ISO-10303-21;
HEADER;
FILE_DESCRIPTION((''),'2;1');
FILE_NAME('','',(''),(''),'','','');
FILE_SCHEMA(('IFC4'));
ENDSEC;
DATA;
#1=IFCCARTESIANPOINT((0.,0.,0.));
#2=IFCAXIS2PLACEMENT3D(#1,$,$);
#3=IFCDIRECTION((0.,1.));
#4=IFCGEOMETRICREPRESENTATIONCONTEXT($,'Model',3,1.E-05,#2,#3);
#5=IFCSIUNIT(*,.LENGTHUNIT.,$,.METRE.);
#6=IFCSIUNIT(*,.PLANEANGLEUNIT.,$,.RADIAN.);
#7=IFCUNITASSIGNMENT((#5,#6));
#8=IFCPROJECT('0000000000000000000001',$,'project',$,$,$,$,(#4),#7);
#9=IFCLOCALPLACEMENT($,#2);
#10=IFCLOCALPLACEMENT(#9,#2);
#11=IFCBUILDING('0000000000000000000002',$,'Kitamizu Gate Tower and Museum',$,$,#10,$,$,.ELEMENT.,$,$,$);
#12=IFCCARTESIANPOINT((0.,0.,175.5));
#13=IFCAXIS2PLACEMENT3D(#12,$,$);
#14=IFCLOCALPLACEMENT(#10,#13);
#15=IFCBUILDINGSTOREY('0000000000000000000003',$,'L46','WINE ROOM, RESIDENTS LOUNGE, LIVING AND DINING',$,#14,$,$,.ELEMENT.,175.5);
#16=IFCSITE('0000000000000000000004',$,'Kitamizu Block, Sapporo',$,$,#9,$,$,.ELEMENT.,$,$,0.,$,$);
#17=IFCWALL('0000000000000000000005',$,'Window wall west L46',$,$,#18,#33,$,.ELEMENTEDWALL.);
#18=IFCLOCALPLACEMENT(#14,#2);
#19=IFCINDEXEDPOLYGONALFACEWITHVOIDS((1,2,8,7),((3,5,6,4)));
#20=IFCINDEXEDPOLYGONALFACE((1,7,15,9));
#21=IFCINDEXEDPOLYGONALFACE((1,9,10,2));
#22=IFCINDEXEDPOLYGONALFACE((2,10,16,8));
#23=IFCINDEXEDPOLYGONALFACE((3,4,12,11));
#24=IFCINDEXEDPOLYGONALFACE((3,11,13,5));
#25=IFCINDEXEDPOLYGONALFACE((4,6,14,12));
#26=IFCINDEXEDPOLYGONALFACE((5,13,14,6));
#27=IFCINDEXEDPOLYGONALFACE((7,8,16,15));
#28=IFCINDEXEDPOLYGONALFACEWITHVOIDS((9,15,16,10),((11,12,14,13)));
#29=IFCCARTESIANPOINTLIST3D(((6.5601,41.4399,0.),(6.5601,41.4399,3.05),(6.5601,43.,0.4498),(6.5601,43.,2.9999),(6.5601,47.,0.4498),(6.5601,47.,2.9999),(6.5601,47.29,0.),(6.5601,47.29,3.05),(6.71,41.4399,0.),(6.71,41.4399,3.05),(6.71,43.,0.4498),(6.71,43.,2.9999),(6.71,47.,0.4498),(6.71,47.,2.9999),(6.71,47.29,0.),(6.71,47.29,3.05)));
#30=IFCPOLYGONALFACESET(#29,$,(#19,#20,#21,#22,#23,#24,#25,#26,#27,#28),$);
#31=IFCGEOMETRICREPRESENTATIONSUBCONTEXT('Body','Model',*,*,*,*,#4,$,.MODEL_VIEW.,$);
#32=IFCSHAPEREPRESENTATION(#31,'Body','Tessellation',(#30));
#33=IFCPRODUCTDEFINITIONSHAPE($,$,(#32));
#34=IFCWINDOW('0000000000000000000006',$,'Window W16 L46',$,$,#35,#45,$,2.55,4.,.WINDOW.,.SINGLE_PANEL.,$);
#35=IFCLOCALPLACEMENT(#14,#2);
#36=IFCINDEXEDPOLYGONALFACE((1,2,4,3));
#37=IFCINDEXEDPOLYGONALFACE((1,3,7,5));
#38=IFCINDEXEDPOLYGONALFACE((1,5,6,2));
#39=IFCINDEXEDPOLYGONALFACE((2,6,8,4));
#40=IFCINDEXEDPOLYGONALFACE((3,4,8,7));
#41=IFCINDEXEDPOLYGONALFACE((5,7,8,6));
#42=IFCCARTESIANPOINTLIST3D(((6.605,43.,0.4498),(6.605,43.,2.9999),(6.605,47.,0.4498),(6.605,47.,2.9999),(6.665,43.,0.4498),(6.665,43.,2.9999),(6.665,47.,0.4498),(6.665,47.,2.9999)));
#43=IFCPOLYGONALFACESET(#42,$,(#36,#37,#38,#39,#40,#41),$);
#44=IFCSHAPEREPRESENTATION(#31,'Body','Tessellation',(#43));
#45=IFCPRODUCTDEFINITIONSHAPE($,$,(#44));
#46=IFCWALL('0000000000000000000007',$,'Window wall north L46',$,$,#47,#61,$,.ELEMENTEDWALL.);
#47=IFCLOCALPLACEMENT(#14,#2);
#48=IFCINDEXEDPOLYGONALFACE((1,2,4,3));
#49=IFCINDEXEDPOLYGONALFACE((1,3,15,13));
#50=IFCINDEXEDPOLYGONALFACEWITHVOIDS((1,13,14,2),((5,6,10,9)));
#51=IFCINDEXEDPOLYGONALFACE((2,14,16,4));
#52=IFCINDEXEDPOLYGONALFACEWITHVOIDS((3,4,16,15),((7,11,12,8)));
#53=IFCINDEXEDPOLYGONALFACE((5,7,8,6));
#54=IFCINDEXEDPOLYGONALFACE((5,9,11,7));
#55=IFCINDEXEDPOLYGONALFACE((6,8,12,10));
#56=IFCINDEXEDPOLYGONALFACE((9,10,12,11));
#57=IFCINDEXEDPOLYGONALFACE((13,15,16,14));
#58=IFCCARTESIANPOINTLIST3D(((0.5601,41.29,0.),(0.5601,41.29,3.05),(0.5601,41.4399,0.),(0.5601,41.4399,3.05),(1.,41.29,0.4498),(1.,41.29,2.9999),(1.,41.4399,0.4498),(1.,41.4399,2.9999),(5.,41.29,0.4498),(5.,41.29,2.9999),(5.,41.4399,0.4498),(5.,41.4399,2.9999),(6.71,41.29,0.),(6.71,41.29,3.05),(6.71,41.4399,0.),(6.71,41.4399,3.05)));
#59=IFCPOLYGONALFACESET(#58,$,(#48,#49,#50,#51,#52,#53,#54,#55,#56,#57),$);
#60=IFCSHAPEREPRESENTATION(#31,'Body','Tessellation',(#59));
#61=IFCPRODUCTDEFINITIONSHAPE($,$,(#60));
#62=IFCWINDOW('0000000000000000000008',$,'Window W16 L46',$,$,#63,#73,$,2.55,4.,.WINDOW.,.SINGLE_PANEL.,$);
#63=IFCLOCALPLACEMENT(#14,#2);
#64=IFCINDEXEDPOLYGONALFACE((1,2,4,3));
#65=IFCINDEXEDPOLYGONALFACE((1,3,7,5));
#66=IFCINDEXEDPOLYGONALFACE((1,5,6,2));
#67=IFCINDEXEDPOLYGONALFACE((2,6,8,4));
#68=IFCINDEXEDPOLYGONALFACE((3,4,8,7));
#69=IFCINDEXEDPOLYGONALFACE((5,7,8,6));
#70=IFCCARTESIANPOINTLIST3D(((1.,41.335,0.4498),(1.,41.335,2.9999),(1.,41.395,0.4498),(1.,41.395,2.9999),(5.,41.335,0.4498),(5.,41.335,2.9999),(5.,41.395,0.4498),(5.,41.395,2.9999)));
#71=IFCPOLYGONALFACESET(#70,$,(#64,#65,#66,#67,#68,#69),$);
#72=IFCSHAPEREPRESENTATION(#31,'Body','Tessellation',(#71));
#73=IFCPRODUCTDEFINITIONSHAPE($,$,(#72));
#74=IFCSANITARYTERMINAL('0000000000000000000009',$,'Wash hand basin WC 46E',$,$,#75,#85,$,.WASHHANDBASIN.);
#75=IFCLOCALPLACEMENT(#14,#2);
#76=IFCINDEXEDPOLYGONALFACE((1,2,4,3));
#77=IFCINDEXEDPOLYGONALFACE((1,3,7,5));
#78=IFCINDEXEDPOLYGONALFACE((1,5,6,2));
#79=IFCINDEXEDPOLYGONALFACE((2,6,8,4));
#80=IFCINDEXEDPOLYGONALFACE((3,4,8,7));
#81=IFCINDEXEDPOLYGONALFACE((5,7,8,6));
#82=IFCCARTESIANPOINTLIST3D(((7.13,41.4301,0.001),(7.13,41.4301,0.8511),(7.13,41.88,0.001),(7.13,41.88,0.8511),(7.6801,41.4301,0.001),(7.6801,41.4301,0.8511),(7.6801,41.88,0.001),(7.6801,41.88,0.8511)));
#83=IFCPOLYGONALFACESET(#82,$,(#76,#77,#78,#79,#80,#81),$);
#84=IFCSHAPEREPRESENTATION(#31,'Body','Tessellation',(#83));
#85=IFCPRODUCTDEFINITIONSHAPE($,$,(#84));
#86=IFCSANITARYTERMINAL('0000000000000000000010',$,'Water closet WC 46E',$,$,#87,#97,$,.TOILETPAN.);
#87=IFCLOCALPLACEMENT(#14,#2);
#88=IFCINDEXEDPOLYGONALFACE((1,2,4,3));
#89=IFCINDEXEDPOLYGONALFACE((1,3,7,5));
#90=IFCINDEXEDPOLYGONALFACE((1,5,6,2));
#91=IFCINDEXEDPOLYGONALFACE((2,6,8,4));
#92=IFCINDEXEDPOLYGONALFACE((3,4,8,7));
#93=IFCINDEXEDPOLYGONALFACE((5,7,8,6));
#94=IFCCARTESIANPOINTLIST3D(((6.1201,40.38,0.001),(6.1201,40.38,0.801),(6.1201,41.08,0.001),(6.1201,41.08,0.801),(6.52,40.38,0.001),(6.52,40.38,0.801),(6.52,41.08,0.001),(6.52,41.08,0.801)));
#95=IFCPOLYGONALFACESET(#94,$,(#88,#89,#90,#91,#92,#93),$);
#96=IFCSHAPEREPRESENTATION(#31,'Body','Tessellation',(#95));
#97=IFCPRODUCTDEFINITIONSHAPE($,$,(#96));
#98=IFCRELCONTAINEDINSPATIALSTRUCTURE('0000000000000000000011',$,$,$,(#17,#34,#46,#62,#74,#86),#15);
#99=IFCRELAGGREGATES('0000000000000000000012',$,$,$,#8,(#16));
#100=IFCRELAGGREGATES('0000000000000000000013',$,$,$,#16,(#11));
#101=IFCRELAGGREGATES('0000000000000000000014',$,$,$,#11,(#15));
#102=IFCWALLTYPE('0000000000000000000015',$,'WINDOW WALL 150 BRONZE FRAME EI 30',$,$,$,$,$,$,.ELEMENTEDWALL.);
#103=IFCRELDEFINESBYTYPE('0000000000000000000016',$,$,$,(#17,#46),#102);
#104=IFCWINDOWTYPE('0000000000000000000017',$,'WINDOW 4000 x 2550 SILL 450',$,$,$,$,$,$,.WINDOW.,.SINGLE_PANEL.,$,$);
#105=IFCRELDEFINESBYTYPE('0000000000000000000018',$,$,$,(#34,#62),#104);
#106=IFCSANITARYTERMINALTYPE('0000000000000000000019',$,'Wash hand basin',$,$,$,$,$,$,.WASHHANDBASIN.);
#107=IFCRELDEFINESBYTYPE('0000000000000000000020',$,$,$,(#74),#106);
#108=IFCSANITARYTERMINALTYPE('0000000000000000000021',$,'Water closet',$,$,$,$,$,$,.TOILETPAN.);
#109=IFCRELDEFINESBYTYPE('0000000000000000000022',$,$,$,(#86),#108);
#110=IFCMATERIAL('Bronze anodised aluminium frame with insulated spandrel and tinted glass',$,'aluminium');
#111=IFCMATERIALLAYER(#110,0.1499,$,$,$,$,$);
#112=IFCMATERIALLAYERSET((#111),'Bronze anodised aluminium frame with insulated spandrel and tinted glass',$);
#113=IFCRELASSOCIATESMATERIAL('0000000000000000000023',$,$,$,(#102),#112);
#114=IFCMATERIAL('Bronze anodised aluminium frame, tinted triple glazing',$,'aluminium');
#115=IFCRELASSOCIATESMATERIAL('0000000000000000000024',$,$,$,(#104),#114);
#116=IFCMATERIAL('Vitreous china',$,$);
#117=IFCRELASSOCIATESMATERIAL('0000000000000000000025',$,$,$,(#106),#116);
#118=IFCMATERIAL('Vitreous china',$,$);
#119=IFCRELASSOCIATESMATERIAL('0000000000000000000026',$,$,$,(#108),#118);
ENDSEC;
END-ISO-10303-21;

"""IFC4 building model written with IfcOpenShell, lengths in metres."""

from ifc_helpers import new_model, si_unit, direction, frame, frame_2d, origin, origin_2d, place, context, subcontext, project, spatial, rectangle, extrude, material, layer, layer_set, type_object, element, fill, save


model = new_model("IFC4")

# Units and contexts
model_context = context("Model", 3, precision=1e-05, world=origin(), true_north=direction((0.0, 1.0)))
body_context = subcontext(model_context, "Body", "Model", "MODEL_VIEW")
ifc_project = project(units=[si_unit("LENGTHUNIT", "METRE"), si_unit("PLANEANGLEUNIT", "RADIAN")], contexts=[model_context])

# Site, building, storey
site_placement = place(None, origin())
site = spatial("IfcSite", under=ifc_project, at=site_placement, Name="Kitamizu Block, Sapporo", CompositionType="ELEMENT", RefElevation=0.0)
building_placement = place(site_placement, origin())
building = spatial("IfcBuilding", under=site, at=building_placement, Name="Kitamizu Gate Tower and Museum", CompositionType="ELEMENT")
storey_placement = place(building_placement, frame((0.0, 0.0, 175.5)))
storey = spatial("IfcBuildingStorey", under=building, at=storey_placement, Name="L46", Description="WINE ROOM, RESIDENTS LOUNGE, LIVING AND DINING", CompositionType="ELEMENT", Elevation=175.5)

# Shared definitions
ifc_material_1 = material(Name="Bronze anodised aluminium frame with insulated spandrel and tinted glass", Category="aluminium")
ifc_layer_1 = layer(ifc_material_1, 0.1499)
ifc_layer_set_1 = layer_set([ifc_layer_1], Name="Bronze anodised aluminium frame with insulated spandrel and tinted glass")
wall_type_1 = type_object("IfcWallType", Name="WINDOW WALL 150 BRONZE FRAME EI 30", PredefinedType="ELEMENTEDWALL", material=ifc_layer_set_1)

# Walls, openings, windows
wall_1_placement = place(storey_placement, frame((6.635, 41.4399, 0.0), z_axis=(0.0, 0.0, 1.0), x_axis=(0.0, 1.0, 0.0)))
wall_1 = element("IfcWall", 1, at=wall_1_placement, inside=storey, type_object=wall_type_1, Name="Window wall west L46", PredefinedType="ELEMENTEDWALL", context=body_context, shape_type="SweptSolid", body=[
    extrude(rectangle(XDim=5.8501, YDim=0.1499, at=frame_2d((2.925, 0.0))), origin(), (0.0, 0.0, 1.0), 3.05),
])
opening_1_placement = place(wall_1_placement, frame((1.5601, 0.0, 0.45)))
opening_1 = element("IfcOpeningElement", 2, at=opening_1_placement, cuts=wall_1, PredefinedType="OPENING", context=body_context, shape_type="SweptSolid", body=[
    extrude(rectangle(XDim=4.0, YDim=2.55, at=frame_2d((2.0, 1.2749))), frame((0.0, 0.085, 0.0), z_axis=(0.0, -1.0, 0.0), x_axis=(1.0, 0.0, 0.0)), (0.0, 0.0, 1.0), 0.1699),
])
ifc_material_2 = material(Name="Bronze anodised aluminium frame, tinted triple glazing", Category="aluminium")
window_type_1 = type_object("IfcWindowType", Name="WINDOW 4000 x 2550 SILL 450", PartitioningType="SINGLE_PANEL", PredefinedType="WINDOW", material=ifc_material_2)
window_1_placement = place(opening_1_placement, origin())
window_1 = element("IfcWindow", 3, at=window_1_placement, inside=storey, type_object=window_type_1, Name="Window W16 L46", OverallHeight=2.55, OverallWidth=4.0, PartitioningType="SINGLE_PANEL", PredefinedType="WINDOW", context=body_context, shape_type="SweptSolid", body=[
    extrude(rectangle(XDim=4.0, YDim=2.55, at=frame_2d((2.0, 1.2749))), frame((0.0, 0.03, 0.0), z_axis=(0.0, -1.0, 0.0), x_axis=(1.0, 0.0, 0.0)), (0.0, 0.0, 1.0), 0.0601),
])
fill(opening_1, window_1)
wall_2_placement = place(storey_placement, frame((0.5601, 41.365, 0.0), z_axis=(0.0, 0.0, 1.0), x_axis=(1.0, 0.0, 0.0)))
wall_2 = element("IfcWall", 4, at=wall_2_placement, inside=storey, type_object=wall_type_1, Name="Window wall north L46", PredefinedType="ELEMENTEDWALL", context=body_context, shape_type="SweptSolid", body=[
    extrude(rectangle(XDim=6.1499, YDim=0.1499, at=frame_2d((3.075, 0.0))), origin(), (0.0, 0.0, 1.0), 3.05),
])
opening_2_placement = place(wall_2_placement, frame((0.4399, 0.0, 0.45)))
opening_2 = element("IfcOpeningElement", 5, at=opening_2_placement, cuts=wall_2, PredefinedType="OPENING", context=body_context, shape_type="SweptSolid", body=[
    extrude(rectangle(XDim=4.0, YDim=2.55, at=frame_2d((2.0, 1.2749))), frame((0.0, 0.085, 0.0), z_axis=(0.0, -1.0, 0.0), x_axis=(1.0, 0.0, 0.0)), (0.0, 0.0, 1.0), 0.1699),
])
window_2_placement = place(opening_2_placement, origin())
window_2 = element("IfcWindow", 6, at=window_2_placement, inside=storey, type_object=window_type_1, Name="Window W16 L46", OverallHeight=2.55, OverallWidth=4.0, PartitioningType="SINGLE_PANEL", PredefinedType="WINDOW", context=body_context, shape_type="SweptSolid", body=[
    extrude(rectangle(XDim=4.0, YDim=2.55, at=frame_2d((2.0, 1.2749))), frame((0.0, 0.03, 0.0), z_axis=(0.0, -1.0, 0.0), x_axis=(1.0, 0.0, 0.0)), (0.0, 0.0, 1.0), 0.0601),
])
fill(opening_2, window_2)

# Sanitary terminals
ifc_material_3 = material(Name="Vitreous china")
sanitary_terminal_type_1 = type_object("IfcSanitaryTerminalType", Name="Wash hand basin", PredefinedType="WASHHANDBASIN", material=ifc_material_3)
sanitary_terminal_1_placement = place(storey_placement, frame((7.405, 41.655, 0.001), z_axis=(0.0, 0.0, 1.0), x_axis=(1.0, 0.0, 0.0)))
element("IfcSanitaryTerminal", 7, at=sanitary_terminal_1_placement, inside=storey, type_object=sanitary_terminal_type_1, Name="Wash hand basin WC 46E", PredefinedType="WASHHANDBASIN", context=body_context, shape_type="SweptSolid", body=[
    extrude(rectangle(XDim=0.55, YDim=0.45, at=origin_2d()), origin(), (0.0, 0.0, 1.0), 0.8501),
])
ifc_material_4 = material(Name="Vitreous china")
sanitary_terminal_type_2 = type_object("IfcSanitaryTerminalType", Name="Water closet", PredefinedType="TOILETPAN", material=ifc_material_4)
sanitary_terminal_2_placement = place(storey_placement, frame((6.3201, 40.73, 0.001), z_axis=(0.0, 0.0, 1.0), x_axis=(1.0, 0.0, 0.0)))
element("IfcSanitaryTerminal", 8, at=sanitary_terminal_2_placement, inside=storey, type_object=sanitary_terminal_type_2, Name="Water closet WC 46E", PredefinedType="TOILETPAN", context=body_context, shape_type="SweptSolid", body=[
    extrude(rectangle(XDim=0.3999, YDim=0.7, at=origin_2d()), origin(), (0.0, 0.0, 1.0), 0.8),
])

save(model, "model.ifc")
